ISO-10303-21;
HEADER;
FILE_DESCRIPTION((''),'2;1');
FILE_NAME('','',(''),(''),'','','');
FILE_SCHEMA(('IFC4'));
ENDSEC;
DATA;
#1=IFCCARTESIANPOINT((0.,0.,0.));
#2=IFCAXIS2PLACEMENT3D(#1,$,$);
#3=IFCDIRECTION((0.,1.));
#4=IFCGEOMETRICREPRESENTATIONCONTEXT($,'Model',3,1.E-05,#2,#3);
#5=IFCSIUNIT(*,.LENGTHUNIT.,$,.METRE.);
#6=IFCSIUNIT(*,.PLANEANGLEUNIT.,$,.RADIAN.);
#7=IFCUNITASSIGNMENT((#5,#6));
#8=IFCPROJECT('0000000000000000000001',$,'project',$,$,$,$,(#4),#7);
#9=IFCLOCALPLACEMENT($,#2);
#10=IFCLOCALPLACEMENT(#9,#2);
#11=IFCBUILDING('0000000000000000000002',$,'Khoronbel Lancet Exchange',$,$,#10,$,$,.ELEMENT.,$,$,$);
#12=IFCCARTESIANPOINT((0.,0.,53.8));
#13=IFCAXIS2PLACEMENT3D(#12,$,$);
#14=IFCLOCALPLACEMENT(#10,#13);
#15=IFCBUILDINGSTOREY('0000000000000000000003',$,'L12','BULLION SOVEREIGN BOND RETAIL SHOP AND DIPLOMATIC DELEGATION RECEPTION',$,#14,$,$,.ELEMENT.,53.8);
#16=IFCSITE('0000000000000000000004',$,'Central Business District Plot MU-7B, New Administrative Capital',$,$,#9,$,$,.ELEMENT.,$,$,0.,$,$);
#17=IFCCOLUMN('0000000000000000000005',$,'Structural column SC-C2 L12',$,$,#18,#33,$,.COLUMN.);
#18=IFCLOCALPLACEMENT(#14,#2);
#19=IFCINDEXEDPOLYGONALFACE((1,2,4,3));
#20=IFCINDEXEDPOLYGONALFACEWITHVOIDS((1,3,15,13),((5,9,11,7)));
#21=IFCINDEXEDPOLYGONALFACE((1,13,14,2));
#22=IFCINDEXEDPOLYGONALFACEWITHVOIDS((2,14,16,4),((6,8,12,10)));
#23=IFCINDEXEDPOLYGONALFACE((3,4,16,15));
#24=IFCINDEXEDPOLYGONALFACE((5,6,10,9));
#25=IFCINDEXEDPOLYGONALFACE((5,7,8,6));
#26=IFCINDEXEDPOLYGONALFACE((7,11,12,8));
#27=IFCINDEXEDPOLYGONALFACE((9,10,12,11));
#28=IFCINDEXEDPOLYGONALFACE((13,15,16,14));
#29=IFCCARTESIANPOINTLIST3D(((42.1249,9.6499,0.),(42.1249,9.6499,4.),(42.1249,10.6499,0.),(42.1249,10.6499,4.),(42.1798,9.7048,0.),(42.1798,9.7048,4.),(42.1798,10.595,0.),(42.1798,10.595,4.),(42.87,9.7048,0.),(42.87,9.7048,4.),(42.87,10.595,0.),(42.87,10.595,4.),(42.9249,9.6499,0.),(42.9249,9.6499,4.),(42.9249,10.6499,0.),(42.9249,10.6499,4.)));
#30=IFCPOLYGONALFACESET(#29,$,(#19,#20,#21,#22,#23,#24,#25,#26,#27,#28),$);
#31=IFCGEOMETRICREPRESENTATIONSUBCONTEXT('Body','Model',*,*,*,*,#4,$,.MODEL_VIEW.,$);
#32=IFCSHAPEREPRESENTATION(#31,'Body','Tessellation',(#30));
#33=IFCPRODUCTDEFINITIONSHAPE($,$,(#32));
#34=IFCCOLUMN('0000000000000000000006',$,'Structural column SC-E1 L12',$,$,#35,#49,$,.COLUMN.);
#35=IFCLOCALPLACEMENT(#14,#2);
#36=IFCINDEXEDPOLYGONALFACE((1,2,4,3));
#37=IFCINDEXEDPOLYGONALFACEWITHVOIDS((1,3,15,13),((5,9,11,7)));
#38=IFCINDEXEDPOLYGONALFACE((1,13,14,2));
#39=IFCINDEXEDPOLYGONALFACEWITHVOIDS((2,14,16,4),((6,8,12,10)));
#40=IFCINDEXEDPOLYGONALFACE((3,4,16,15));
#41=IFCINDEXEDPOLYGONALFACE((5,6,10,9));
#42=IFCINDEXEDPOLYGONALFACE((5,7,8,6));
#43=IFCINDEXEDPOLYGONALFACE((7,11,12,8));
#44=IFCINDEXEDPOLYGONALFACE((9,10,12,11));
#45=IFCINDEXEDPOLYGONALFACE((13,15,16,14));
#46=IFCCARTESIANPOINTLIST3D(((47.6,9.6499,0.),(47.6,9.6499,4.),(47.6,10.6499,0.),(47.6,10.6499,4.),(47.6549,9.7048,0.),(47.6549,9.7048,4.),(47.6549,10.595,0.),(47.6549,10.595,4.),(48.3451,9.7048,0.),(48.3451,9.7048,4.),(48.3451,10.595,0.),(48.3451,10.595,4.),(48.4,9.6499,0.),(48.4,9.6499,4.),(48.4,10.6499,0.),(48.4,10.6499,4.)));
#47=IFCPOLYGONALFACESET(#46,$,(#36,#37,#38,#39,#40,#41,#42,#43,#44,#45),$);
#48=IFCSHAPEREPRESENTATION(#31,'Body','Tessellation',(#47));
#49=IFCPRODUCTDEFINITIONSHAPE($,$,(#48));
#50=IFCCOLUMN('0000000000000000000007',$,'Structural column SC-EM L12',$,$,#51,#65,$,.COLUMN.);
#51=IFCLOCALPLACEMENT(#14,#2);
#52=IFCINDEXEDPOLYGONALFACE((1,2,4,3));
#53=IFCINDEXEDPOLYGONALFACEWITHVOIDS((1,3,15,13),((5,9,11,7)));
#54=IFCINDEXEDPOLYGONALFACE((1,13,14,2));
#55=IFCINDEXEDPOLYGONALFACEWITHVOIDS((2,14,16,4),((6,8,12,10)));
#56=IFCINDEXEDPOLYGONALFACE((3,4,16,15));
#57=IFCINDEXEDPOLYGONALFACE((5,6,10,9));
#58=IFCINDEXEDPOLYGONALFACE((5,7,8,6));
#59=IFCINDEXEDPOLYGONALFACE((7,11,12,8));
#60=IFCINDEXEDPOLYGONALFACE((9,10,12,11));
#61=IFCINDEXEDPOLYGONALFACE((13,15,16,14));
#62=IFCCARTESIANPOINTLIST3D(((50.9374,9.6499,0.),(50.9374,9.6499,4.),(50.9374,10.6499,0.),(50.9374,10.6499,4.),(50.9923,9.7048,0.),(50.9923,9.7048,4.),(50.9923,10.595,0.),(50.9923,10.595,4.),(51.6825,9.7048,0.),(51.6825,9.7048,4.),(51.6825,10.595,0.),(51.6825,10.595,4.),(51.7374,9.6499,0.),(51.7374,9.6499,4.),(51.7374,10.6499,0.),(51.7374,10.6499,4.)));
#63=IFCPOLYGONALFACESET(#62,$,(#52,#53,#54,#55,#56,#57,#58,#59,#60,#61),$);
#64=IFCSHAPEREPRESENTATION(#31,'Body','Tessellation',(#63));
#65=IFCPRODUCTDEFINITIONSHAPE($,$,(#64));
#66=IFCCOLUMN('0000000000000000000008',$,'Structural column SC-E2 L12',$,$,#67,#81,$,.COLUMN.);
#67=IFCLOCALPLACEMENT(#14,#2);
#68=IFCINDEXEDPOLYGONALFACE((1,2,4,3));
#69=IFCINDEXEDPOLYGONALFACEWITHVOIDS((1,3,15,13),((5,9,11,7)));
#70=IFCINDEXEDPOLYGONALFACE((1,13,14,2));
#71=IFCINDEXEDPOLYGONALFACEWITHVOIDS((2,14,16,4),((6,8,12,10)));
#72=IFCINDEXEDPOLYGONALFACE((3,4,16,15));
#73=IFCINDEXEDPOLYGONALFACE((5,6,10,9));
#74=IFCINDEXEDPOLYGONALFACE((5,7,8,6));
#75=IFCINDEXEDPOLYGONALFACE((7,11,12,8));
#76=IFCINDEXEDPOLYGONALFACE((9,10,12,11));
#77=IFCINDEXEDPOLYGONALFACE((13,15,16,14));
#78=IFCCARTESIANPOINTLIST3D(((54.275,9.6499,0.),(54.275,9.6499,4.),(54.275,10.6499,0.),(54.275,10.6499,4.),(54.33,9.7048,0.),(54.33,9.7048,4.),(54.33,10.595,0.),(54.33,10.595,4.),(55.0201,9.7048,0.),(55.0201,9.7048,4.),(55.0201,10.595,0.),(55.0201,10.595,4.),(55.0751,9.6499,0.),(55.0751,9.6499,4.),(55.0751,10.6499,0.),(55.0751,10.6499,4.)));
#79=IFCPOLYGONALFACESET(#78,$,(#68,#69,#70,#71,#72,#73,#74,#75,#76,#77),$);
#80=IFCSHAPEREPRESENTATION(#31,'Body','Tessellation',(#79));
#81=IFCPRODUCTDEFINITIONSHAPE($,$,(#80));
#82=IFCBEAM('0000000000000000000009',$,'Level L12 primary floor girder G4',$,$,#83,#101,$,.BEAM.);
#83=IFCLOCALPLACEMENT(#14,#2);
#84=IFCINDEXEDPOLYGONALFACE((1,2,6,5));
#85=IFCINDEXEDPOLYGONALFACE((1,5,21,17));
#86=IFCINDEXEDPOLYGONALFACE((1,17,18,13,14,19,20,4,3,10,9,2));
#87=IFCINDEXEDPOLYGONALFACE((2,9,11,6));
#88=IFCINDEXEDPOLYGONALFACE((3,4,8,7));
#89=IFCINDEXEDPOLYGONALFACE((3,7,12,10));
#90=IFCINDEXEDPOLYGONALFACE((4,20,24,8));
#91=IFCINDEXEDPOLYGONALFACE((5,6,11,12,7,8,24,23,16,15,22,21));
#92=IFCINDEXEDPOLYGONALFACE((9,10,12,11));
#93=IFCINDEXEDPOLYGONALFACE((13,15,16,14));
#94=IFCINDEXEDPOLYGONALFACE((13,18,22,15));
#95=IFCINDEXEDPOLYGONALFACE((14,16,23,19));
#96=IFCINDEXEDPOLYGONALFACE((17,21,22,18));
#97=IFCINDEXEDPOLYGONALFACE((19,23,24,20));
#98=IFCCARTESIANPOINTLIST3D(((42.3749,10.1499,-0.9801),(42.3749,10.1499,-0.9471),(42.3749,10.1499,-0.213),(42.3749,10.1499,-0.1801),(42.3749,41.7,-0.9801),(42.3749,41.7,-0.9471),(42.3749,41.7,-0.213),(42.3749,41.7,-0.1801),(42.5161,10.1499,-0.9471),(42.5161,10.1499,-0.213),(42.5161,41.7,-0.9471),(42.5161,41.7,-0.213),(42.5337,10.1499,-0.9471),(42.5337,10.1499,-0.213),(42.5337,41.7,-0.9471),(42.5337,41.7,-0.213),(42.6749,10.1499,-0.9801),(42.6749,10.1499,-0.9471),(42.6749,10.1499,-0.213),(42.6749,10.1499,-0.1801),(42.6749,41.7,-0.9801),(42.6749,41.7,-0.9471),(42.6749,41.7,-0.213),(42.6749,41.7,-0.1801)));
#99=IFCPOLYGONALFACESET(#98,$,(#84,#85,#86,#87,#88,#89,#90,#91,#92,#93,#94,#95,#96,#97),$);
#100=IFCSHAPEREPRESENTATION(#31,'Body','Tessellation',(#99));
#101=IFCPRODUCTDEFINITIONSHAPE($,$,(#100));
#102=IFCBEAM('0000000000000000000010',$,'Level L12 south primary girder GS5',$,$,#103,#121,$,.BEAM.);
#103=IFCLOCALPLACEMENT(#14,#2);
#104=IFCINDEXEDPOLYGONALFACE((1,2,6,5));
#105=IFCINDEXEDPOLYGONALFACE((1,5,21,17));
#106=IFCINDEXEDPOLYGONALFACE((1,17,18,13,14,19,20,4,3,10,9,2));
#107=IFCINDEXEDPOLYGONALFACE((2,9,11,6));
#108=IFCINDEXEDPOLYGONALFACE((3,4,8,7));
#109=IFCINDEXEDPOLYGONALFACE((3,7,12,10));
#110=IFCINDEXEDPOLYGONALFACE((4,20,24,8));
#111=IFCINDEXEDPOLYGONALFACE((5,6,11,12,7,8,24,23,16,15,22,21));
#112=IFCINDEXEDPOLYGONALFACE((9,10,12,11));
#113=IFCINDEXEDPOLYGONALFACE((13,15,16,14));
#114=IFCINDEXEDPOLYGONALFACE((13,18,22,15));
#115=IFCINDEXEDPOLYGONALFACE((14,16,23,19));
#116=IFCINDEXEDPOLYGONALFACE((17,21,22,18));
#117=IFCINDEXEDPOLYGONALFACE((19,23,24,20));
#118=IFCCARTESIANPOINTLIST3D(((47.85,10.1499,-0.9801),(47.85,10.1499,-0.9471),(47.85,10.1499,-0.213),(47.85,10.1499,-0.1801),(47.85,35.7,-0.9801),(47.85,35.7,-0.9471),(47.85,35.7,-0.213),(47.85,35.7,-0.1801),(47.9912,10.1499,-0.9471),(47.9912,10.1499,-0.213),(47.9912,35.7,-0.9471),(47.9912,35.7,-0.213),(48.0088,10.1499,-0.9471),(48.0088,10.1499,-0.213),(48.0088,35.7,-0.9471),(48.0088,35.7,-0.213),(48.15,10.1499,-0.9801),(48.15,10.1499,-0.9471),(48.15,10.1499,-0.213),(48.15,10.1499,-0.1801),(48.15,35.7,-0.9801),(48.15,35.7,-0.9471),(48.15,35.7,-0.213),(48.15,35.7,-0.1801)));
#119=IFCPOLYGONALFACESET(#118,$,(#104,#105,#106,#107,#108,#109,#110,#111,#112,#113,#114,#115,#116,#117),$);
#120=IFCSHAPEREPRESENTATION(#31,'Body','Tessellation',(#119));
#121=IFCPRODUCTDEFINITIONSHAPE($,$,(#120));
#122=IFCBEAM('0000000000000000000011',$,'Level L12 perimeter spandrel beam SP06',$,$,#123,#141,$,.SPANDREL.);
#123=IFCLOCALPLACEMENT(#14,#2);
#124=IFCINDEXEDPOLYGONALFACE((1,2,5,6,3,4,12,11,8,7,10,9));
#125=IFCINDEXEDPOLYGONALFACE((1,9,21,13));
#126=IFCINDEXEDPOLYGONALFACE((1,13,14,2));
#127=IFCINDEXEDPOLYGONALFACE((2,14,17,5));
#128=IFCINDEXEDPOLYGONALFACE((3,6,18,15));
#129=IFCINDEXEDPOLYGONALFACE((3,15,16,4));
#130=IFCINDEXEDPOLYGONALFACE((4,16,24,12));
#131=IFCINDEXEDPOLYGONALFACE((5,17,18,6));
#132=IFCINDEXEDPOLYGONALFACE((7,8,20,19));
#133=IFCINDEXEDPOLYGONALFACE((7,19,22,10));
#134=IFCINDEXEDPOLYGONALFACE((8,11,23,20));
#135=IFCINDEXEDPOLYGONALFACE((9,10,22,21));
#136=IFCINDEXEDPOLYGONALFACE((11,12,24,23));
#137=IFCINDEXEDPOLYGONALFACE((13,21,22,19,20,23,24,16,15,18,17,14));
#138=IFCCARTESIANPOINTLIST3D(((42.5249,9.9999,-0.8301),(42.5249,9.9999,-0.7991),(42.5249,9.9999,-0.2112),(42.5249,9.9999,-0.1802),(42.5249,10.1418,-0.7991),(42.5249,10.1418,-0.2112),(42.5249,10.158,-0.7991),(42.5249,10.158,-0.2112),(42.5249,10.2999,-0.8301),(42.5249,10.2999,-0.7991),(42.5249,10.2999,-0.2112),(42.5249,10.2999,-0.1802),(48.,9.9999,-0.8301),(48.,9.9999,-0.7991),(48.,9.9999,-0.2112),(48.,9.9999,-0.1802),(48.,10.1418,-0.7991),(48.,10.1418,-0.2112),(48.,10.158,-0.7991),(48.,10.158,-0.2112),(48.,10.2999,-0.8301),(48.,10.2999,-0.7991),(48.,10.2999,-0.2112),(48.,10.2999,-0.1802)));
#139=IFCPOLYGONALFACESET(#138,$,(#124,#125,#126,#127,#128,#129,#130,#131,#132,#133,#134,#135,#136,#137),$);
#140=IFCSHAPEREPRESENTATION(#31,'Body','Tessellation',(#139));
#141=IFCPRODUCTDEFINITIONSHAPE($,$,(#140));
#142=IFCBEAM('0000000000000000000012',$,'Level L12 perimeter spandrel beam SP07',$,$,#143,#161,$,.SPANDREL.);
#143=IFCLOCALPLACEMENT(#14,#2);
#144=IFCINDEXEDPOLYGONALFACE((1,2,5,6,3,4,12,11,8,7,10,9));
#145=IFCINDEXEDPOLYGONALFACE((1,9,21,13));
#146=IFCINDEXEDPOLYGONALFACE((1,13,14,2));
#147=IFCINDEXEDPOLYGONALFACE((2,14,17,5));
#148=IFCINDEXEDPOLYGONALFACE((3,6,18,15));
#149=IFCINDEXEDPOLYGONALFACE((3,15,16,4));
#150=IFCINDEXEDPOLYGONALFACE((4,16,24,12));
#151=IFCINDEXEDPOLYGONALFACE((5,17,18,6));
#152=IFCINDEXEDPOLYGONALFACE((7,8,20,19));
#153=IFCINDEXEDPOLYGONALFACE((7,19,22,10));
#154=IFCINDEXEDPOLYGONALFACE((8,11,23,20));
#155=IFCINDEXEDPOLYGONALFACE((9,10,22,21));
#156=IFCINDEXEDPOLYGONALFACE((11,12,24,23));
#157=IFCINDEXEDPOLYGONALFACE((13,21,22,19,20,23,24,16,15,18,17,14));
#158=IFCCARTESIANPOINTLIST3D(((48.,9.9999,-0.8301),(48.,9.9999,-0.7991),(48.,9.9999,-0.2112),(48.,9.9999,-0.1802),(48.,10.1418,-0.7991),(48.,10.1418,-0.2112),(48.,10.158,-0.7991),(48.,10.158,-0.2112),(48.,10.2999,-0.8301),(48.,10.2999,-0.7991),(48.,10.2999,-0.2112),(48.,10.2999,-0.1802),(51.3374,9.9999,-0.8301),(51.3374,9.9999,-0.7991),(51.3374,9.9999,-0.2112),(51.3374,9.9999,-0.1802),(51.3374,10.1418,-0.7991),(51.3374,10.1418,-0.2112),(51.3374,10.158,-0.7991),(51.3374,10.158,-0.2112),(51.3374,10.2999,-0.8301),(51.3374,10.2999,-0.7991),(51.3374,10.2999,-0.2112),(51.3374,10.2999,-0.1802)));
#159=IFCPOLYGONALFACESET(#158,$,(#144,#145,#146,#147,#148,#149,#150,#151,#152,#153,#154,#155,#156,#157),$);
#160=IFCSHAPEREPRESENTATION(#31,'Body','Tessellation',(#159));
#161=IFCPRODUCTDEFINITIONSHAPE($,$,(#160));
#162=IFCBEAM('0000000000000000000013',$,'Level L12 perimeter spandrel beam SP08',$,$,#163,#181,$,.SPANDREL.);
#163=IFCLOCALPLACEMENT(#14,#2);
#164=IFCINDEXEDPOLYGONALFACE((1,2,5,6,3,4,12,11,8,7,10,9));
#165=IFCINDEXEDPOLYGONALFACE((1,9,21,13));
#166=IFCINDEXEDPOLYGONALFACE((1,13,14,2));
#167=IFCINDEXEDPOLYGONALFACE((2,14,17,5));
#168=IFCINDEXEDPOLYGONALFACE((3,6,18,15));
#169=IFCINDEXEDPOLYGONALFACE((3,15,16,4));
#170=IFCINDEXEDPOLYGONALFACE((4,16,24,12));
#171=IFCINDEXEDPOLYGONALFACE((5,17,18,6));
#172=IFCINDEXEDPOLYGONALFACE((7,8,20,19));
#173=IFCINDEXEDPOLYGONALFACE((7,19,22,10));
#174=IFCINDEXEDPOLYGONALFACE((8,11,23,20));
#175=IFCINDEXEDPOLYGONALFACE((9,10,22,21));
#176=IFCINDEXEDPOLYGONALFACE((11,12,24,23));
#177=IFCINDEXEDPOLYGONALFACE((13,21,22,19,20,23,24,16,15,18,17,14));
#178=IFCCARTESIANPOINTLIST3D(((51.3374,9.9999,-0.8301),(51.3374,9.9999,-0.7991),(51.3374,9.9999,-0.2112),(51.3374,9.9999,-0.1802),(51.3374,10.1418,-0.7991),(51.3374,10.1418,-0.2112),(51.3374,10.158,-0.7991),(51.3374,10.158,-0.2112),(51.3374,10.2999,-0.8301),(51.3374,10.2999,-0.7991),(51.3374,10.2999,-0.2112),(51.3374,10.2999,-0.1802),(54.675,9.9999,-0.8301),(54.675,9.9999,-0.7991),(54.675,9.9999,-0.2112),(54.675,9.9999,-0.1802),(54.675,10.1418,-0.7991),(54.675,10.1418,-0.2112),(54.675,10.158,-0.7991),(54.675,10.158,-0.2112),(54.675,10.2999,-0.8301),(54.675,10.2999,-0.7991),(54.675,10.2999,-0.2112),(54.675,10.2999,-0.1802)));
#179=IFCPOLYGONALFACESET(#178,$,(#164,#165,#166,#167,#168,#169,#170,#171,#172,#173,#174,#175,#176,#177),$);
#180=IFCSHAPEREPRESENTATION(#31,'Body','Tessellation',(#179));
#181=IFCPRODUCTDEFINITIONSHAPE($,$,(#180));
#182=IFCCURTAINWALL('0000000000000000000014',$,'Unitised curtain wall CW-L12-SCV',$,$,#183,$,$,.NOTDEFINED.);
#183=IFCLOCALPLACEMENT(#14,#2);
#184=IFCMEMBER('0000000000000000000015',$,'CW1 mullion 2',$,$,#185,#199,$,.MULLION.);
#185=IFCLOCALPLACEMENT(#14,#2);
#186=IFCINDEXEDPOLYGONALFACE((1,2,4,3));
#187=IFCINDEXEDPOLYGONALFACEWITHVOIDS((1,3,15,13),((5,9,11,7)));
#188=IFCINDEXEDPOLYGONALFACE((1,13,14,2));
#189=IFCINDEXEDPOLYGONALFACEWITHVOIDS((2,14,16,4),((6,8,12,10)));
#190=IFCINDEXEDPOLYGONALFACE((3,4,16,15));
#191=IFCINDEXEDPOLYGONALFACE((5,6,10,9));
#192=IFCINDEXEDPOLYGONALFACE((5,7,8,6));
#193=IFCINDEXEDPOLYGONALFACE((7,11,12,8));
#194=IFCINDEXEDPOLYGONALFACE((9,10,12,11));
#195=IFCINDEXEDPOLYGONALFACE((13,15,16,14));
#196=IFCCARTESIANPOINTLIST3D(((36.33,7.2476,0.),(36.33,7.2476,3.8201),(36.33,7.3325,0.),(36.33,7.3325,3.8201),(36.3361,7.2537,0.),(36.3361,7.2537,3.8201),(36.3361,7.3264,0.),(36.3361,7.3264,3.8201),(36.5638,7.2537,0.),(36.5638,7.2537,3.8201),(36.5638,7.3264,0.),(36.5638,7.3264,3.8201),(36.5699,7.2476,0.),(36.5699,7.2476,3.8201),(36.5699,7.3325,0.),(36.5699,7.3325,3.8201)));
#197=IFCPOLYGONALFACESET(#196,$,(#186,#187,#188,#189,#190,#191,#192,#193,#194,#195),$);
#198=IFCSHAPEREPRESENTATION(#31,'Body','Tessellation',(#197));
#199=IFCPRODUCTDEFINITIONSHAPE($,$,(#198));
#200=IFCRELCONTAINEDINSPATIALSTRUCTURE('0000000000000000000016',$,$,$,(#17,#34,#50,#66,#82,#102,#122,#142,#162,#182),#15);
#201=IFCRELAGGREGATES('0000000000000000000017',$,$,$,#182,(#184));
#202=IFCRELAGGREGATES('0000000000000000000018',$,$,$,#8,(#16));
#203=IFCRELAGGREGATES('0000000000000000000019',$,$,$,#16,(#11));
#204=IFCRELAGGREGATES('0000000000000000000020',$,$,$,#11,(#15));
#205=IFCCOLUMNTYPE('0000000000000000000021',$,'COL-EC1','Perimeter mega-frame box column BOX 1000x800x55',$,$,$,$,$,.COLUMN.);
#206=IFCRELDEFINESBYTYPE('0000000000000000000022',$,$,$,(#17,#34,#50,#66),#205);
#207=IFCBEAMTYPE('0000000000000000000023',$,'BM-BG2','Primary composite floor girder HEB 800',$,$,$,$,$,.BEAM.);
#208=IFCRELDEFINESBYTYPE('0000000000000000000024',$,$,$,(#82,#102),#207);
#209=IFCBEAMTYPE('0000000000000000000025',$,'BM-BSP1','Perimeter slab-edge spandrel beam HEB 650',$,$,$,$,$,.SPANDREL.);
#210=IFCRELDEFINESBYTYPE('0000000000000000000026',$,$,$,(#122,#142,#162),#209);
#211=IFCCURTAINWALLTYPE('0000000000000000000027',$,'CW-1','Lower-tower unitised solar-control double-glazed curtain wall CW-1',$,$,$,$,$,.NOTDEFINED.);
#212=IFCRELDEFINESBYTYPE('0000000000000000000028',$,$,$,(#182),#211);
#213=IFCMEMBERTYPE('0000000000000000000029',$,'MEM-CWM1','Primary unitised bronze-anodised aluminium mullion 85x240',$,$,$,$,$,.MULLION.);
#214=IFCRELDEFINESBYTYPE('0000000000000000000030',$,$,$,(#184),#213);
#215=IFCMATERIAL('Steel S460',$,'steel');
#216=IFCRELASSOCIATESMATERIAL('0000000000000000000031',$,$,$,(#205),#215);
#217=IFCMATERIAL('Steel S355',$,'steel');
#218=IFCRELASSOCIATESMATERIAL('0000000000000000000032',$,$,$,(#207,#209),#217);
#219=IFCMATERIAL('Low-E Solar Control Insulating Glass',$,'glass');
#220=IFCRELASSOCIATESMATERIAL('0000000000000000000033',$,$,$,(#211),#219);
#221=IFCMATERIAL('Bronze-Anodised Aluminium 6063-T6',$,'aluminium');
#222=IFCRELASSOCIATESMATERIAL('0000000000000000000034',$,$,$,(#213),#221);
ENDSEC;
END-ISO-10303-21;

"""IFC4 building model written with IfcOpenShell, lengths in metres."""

from ifc_helpers import new_model, si_unit, direction, frame, origin, origin_2d, place, context, subcontext, project, spatial, hollow_rectangle, i_section, extrude, material, material_profile, profile_set, type_object, element, aggregate, save


model = new_model("IFC4")

# Units and contexts
model_context = context("Model", 3, precision=1e-05, world=origin(), true_north=direction((0.0, 1.0)))
body_context = subcontext(model_context, "Body", "Model", "MODEL_VIEW")
ifc_project = project(units=[si_unit("LENGTHUNIT", "METRE"), si_unit("PLANEANGLEUNIT", "RADIAN")], contexts=[model_context])

# Site, building, storey
site_placement = place(None, origin())
site = spatial("IfcSite", under=ifc_project, at=site_placement, Name="Central Business District Plot MU-7B, New Administrative Capital", CompositionType="ELEMENT", RefElevation=0.0)
building_placement = place(site_placement, origin())
building = spatial("IfcBuilding", under=site, at=building_placement, Name="Khoronbel Lancet Exchange", CompositionType="ELEMENT")
storey_placement = place(building_placement, frame((0.0, 0.0, 53.8)))
storey = spatial("IfcBuildingStorey", under=building, at=storey_placement, Name="L12", Description="BULLION SOVEREIGN BOND RETAIL SHOP AND DIPLOMATIC DELEGATION RECEPTION", CompositionType="ELEMENT", Elevation=53.8)

# Columns
ifc_material_1 = material(Name="Steel S460", Category="steel")
ifc_material_profile_1 = material_profile(ifc_material_1, hollow_rectangle(XDim=0.8, YDim=1.0, WallThickness=0.0549, at=origin_2d()), Name="BOX 1000x800x55")
ifc_profile_set_1 = profile_set([ifc_material_profile_1], Name="Steel S460")
column_type = type_object("IfcColumnType", Name="COL-EC1", Description="Perimeter mega-frame box column BOX 1000x800x55", PredefinedType="COLUMN", material=ifc_profile_set_1)
for number, where, z_axis, x_axis, name in (
    (1, (42.5249, 10.1499, 0.0), (0.0, 0.0, 1.0), (1.0, 0.0, 0.0), "Structural column SC-C2 L12"),
    (2, (48.0, 10.1499, 0.0), (0.0, 0.0, 1.0), (1.0, 0.0, 0.0), "Structural column SC-E1 L12"),
    (3, (51.3374, 10.1499, 0.0), (0.0, 0.0, 1.0), (1.0, 0.0, 0.0), "Structural column SC-EM L12"),
    (4, (54.675, 10.1499, 0.0), (0.0, 0.0, 1.0), (1.0, 0.0, 0.0), "Structural column SC-E2 L12"),
):
    element("IfcColumn", number, at=place(storey_placement, frame(where, z_axis=z_axis, x_axis=x_axis)), inside=storey, type_object=column_type, Name=name, PredefinedType="COLUMN", context=body_context, shape_type="SweptSolid", body=[
        extrude(hollow_rectangle(XDim=0.8, YDim=1.0, WallThickness=0.0549, at=origin_2d()), origin(), (0.0, 0.0, 1.0), 4.0),
    ])

# Beams
ifc_material_2 = material(Name="Steel S355", Category="steel")
ifc_material_profile_2 = material_profile(ifc_material_2, i_section(OverallWidth=0.3, OverallDepth=0.8, WebThickness=0.0176, FlangeThickness=0.033, at=origin_2d()), Name="HEB 800")
ifc_profile_set_2 = profile_set([ifc_material_profile_2], Name="Steel S355")
beam_type_1 = type_object("IfcBeamType", Name="BM-BG2", Description="Primary composite floor girder HEB 800", PredefinedType="BEAM", material=ifc_profile_set_2)
beam_1_placement = place(storey_placement, frame((42.5249, 10.1499, -0.5801), z_axis=(0.0, 1.0, 0.0), x_axis=(-1.0, 0.0, 0.0)))
element("IfcBeam", 5, at=beam_1_placement, inside=storey, type_object=beam_type_1, Name="Level L12 primary floor girder G4", PredefinedType="BEAM", context=body_context, shape_type="SweptSolid", body=[
    extrude(i_section(OverallWidth=0.3, OverallDepth=0.8, WebThickness=0.0176, FlangeThickness=0.033, at=origin_2d()), origin(), (0.0, 0.0, 1.0), 31.55),
])
beam_2_placement = place(storey_placement, frame((48.0, 10.1499, -0.5801), z_axis=(0.0, 1.0, 0.0), x_axis=(-1.0, 0.0, 0.0)))
element("IfcBeam", 6, at=beam_2_placement, inside=storey, type_object=beam_type_1, Name="Level L12 south primary girder GS5", PredefinedType="BEAM", context=body_context, shape_type="SweptSolid", body=[
    extrude(i_section(OverallWidth=0.3, OverallDepth=0.8, WebThickness=0.0176, FlangeThickness=0.033, at=origin_2d()), origin(), (0.0, 0.0, 1.0), 25.55),
])
ifc_material_profile_3 = material_profile(ifc_material_2, i_section(OverallWidth=0.3, OverallDepth=0.6499, WebThickness=0.0161, FlangeThickness=0.031, at=origin_2d()), Name="HEB 650")
ifc_profile_set_3 = profile_set([ifc_material_profile_3], Name="Steel S355")
beam_type_2 = type_object("IfcBeamType", Name="BM-BSP1", Description="Perimeter slab-edge spandrel beam HEB 650", PredefinedType="SPANDREL", material=ifc_profile_set_3)
beam_3_placement = place(storey_placement, frame((42.5249, 10.1499, -0.5051), z_axis=(1.0, 0.0, 0.0), x_axis=(0.0, 1.0, 0.0)))
element("IfcBeam", 7, at=beam_3_placement, inside=storey, type_object=beam_type_2, Name="Level L12 perimeter spandrel beam SP06", PredefinedType="SPANDREL", context=body_context, shape_type="SweptSolid", body=[
    extrude(i_section(OverallWidth=0.3, OverallDepth=0.6499, WebThickness=0.0161, FlangeThickness=0.031, at=origin_2d()), origin(), (0.0, 0.0, 1.0), 5.4751),
])
beam_4_placement = place(storey_placement, frame((48.0, 10.1499, -0.5051), z_axis=(1.0, 0.0, 0.0), x_axis=(0.0, 1.0, 0.0)))
element("IfcBeam", 8, at=beam_4_placement, inside=storey, type_object=beam_type_2, Name="Level L12 perimeter spandrel beam SP07", PredefinedType="SPANDREL", context=body_context, shape_type="SweptSolid", body=[
    extrude(i_section(OverallWidth=0.3, OverallDepth=0.6499, WebThickness=0.0161, FlangeThickness=0.031, at=origin_2d()), origin(), (0.0, 0.0, 1.0), 3.3374),
])
beam_5_placement = place(storey_placement, frame((51.3374, 10.1499, -0.5051), z_axis=(1.0, 0.0, 0.0), x_axis=(0.0, 1.0, 0.0)))
element("IfcBeam", 9, at=beam_5_placement, inside=storey, type_object=beam_type_2, Name="Level L12 perimeter spandrel beam SP08", PredefinedType="SPANDREL", context=body_context, shape_type="SweptSolid", body=[
    extrude(i_section(OverallWidth=0.3, OverallDepth=0.6499, WebThickness=0.0161, FlangeThickness=0.031, at=origin_2d()), origin(), (0.0, 0.0, 1.0), 3.3376),
])

# Curtain wall, member
ifc_material_3 = material(Name="Low-E Solar Control Insulating Glass", Category="glass")
curtain_wall_type = type_object("IfcCurtainWallType", Name="CW-1", Description="Lower-tower unitised solar-control double-glazed curtain wall CW-1", PredefinedType="NOTDEFINED", material=ifc_material_3)
curtain_wall_1_placement = place(storey_placement, origin())
curtain_wall_1 = element("IfcCurtainWall", 10, at=curtain_wall_1_placement, inside=storey, type_object=curtain_wall_type, Name="Unitised curtain wall CW-L12-SCV", PredefinedType="NOTDEFINED")
ifc_material_4 = material(Name="Bronze-Anodised Aluminium 6063-T6", Category="aluminium")
ifc_material_profile_4 = material_profile(ifc_material_4, hollow_rectangle(XDim=0.085, YDim=0.24, WallThickness=0.0061, at=origin_2d()), Name="ALU MULLION 85x240")
ifc_profile_set_4 = profile_set([ifc_material_profile_4], Name="Bronze-Anodised Aluminium 6063-T6")
member_type_1 = type_object("IfcMemberType", Name="MEM-CWM1", Description="Primary unitised bronze-anodised aluminium mullion 85x240", PredefinedType="MULLION", material=ifc_profile_set_4)
member_1_placement = place(storey_placement, frame((36.45, 7.29, 0.0), z_axis=(0.0, 0.0, 1.0), x_axis=(0.0, 1.0, 0.0)))
member_1 = element("IfcMember", 11, at=member_1_placement, type_object=member_type_1, Name="CW1 mullion 2", PredefinedType="MULLION", context=body_context, shape_type="SweptSolid", body=[
    extrude(hollow_rectangle(XDim=0.085, YDim=0.24, WallThickness=0.0061, at=origin_2d()), origin(), (0.0, 0.0, 1.0), 3.8201),
])

aggregate(curtain_wall_1, [member_1])

save(model, "model.ifc")
